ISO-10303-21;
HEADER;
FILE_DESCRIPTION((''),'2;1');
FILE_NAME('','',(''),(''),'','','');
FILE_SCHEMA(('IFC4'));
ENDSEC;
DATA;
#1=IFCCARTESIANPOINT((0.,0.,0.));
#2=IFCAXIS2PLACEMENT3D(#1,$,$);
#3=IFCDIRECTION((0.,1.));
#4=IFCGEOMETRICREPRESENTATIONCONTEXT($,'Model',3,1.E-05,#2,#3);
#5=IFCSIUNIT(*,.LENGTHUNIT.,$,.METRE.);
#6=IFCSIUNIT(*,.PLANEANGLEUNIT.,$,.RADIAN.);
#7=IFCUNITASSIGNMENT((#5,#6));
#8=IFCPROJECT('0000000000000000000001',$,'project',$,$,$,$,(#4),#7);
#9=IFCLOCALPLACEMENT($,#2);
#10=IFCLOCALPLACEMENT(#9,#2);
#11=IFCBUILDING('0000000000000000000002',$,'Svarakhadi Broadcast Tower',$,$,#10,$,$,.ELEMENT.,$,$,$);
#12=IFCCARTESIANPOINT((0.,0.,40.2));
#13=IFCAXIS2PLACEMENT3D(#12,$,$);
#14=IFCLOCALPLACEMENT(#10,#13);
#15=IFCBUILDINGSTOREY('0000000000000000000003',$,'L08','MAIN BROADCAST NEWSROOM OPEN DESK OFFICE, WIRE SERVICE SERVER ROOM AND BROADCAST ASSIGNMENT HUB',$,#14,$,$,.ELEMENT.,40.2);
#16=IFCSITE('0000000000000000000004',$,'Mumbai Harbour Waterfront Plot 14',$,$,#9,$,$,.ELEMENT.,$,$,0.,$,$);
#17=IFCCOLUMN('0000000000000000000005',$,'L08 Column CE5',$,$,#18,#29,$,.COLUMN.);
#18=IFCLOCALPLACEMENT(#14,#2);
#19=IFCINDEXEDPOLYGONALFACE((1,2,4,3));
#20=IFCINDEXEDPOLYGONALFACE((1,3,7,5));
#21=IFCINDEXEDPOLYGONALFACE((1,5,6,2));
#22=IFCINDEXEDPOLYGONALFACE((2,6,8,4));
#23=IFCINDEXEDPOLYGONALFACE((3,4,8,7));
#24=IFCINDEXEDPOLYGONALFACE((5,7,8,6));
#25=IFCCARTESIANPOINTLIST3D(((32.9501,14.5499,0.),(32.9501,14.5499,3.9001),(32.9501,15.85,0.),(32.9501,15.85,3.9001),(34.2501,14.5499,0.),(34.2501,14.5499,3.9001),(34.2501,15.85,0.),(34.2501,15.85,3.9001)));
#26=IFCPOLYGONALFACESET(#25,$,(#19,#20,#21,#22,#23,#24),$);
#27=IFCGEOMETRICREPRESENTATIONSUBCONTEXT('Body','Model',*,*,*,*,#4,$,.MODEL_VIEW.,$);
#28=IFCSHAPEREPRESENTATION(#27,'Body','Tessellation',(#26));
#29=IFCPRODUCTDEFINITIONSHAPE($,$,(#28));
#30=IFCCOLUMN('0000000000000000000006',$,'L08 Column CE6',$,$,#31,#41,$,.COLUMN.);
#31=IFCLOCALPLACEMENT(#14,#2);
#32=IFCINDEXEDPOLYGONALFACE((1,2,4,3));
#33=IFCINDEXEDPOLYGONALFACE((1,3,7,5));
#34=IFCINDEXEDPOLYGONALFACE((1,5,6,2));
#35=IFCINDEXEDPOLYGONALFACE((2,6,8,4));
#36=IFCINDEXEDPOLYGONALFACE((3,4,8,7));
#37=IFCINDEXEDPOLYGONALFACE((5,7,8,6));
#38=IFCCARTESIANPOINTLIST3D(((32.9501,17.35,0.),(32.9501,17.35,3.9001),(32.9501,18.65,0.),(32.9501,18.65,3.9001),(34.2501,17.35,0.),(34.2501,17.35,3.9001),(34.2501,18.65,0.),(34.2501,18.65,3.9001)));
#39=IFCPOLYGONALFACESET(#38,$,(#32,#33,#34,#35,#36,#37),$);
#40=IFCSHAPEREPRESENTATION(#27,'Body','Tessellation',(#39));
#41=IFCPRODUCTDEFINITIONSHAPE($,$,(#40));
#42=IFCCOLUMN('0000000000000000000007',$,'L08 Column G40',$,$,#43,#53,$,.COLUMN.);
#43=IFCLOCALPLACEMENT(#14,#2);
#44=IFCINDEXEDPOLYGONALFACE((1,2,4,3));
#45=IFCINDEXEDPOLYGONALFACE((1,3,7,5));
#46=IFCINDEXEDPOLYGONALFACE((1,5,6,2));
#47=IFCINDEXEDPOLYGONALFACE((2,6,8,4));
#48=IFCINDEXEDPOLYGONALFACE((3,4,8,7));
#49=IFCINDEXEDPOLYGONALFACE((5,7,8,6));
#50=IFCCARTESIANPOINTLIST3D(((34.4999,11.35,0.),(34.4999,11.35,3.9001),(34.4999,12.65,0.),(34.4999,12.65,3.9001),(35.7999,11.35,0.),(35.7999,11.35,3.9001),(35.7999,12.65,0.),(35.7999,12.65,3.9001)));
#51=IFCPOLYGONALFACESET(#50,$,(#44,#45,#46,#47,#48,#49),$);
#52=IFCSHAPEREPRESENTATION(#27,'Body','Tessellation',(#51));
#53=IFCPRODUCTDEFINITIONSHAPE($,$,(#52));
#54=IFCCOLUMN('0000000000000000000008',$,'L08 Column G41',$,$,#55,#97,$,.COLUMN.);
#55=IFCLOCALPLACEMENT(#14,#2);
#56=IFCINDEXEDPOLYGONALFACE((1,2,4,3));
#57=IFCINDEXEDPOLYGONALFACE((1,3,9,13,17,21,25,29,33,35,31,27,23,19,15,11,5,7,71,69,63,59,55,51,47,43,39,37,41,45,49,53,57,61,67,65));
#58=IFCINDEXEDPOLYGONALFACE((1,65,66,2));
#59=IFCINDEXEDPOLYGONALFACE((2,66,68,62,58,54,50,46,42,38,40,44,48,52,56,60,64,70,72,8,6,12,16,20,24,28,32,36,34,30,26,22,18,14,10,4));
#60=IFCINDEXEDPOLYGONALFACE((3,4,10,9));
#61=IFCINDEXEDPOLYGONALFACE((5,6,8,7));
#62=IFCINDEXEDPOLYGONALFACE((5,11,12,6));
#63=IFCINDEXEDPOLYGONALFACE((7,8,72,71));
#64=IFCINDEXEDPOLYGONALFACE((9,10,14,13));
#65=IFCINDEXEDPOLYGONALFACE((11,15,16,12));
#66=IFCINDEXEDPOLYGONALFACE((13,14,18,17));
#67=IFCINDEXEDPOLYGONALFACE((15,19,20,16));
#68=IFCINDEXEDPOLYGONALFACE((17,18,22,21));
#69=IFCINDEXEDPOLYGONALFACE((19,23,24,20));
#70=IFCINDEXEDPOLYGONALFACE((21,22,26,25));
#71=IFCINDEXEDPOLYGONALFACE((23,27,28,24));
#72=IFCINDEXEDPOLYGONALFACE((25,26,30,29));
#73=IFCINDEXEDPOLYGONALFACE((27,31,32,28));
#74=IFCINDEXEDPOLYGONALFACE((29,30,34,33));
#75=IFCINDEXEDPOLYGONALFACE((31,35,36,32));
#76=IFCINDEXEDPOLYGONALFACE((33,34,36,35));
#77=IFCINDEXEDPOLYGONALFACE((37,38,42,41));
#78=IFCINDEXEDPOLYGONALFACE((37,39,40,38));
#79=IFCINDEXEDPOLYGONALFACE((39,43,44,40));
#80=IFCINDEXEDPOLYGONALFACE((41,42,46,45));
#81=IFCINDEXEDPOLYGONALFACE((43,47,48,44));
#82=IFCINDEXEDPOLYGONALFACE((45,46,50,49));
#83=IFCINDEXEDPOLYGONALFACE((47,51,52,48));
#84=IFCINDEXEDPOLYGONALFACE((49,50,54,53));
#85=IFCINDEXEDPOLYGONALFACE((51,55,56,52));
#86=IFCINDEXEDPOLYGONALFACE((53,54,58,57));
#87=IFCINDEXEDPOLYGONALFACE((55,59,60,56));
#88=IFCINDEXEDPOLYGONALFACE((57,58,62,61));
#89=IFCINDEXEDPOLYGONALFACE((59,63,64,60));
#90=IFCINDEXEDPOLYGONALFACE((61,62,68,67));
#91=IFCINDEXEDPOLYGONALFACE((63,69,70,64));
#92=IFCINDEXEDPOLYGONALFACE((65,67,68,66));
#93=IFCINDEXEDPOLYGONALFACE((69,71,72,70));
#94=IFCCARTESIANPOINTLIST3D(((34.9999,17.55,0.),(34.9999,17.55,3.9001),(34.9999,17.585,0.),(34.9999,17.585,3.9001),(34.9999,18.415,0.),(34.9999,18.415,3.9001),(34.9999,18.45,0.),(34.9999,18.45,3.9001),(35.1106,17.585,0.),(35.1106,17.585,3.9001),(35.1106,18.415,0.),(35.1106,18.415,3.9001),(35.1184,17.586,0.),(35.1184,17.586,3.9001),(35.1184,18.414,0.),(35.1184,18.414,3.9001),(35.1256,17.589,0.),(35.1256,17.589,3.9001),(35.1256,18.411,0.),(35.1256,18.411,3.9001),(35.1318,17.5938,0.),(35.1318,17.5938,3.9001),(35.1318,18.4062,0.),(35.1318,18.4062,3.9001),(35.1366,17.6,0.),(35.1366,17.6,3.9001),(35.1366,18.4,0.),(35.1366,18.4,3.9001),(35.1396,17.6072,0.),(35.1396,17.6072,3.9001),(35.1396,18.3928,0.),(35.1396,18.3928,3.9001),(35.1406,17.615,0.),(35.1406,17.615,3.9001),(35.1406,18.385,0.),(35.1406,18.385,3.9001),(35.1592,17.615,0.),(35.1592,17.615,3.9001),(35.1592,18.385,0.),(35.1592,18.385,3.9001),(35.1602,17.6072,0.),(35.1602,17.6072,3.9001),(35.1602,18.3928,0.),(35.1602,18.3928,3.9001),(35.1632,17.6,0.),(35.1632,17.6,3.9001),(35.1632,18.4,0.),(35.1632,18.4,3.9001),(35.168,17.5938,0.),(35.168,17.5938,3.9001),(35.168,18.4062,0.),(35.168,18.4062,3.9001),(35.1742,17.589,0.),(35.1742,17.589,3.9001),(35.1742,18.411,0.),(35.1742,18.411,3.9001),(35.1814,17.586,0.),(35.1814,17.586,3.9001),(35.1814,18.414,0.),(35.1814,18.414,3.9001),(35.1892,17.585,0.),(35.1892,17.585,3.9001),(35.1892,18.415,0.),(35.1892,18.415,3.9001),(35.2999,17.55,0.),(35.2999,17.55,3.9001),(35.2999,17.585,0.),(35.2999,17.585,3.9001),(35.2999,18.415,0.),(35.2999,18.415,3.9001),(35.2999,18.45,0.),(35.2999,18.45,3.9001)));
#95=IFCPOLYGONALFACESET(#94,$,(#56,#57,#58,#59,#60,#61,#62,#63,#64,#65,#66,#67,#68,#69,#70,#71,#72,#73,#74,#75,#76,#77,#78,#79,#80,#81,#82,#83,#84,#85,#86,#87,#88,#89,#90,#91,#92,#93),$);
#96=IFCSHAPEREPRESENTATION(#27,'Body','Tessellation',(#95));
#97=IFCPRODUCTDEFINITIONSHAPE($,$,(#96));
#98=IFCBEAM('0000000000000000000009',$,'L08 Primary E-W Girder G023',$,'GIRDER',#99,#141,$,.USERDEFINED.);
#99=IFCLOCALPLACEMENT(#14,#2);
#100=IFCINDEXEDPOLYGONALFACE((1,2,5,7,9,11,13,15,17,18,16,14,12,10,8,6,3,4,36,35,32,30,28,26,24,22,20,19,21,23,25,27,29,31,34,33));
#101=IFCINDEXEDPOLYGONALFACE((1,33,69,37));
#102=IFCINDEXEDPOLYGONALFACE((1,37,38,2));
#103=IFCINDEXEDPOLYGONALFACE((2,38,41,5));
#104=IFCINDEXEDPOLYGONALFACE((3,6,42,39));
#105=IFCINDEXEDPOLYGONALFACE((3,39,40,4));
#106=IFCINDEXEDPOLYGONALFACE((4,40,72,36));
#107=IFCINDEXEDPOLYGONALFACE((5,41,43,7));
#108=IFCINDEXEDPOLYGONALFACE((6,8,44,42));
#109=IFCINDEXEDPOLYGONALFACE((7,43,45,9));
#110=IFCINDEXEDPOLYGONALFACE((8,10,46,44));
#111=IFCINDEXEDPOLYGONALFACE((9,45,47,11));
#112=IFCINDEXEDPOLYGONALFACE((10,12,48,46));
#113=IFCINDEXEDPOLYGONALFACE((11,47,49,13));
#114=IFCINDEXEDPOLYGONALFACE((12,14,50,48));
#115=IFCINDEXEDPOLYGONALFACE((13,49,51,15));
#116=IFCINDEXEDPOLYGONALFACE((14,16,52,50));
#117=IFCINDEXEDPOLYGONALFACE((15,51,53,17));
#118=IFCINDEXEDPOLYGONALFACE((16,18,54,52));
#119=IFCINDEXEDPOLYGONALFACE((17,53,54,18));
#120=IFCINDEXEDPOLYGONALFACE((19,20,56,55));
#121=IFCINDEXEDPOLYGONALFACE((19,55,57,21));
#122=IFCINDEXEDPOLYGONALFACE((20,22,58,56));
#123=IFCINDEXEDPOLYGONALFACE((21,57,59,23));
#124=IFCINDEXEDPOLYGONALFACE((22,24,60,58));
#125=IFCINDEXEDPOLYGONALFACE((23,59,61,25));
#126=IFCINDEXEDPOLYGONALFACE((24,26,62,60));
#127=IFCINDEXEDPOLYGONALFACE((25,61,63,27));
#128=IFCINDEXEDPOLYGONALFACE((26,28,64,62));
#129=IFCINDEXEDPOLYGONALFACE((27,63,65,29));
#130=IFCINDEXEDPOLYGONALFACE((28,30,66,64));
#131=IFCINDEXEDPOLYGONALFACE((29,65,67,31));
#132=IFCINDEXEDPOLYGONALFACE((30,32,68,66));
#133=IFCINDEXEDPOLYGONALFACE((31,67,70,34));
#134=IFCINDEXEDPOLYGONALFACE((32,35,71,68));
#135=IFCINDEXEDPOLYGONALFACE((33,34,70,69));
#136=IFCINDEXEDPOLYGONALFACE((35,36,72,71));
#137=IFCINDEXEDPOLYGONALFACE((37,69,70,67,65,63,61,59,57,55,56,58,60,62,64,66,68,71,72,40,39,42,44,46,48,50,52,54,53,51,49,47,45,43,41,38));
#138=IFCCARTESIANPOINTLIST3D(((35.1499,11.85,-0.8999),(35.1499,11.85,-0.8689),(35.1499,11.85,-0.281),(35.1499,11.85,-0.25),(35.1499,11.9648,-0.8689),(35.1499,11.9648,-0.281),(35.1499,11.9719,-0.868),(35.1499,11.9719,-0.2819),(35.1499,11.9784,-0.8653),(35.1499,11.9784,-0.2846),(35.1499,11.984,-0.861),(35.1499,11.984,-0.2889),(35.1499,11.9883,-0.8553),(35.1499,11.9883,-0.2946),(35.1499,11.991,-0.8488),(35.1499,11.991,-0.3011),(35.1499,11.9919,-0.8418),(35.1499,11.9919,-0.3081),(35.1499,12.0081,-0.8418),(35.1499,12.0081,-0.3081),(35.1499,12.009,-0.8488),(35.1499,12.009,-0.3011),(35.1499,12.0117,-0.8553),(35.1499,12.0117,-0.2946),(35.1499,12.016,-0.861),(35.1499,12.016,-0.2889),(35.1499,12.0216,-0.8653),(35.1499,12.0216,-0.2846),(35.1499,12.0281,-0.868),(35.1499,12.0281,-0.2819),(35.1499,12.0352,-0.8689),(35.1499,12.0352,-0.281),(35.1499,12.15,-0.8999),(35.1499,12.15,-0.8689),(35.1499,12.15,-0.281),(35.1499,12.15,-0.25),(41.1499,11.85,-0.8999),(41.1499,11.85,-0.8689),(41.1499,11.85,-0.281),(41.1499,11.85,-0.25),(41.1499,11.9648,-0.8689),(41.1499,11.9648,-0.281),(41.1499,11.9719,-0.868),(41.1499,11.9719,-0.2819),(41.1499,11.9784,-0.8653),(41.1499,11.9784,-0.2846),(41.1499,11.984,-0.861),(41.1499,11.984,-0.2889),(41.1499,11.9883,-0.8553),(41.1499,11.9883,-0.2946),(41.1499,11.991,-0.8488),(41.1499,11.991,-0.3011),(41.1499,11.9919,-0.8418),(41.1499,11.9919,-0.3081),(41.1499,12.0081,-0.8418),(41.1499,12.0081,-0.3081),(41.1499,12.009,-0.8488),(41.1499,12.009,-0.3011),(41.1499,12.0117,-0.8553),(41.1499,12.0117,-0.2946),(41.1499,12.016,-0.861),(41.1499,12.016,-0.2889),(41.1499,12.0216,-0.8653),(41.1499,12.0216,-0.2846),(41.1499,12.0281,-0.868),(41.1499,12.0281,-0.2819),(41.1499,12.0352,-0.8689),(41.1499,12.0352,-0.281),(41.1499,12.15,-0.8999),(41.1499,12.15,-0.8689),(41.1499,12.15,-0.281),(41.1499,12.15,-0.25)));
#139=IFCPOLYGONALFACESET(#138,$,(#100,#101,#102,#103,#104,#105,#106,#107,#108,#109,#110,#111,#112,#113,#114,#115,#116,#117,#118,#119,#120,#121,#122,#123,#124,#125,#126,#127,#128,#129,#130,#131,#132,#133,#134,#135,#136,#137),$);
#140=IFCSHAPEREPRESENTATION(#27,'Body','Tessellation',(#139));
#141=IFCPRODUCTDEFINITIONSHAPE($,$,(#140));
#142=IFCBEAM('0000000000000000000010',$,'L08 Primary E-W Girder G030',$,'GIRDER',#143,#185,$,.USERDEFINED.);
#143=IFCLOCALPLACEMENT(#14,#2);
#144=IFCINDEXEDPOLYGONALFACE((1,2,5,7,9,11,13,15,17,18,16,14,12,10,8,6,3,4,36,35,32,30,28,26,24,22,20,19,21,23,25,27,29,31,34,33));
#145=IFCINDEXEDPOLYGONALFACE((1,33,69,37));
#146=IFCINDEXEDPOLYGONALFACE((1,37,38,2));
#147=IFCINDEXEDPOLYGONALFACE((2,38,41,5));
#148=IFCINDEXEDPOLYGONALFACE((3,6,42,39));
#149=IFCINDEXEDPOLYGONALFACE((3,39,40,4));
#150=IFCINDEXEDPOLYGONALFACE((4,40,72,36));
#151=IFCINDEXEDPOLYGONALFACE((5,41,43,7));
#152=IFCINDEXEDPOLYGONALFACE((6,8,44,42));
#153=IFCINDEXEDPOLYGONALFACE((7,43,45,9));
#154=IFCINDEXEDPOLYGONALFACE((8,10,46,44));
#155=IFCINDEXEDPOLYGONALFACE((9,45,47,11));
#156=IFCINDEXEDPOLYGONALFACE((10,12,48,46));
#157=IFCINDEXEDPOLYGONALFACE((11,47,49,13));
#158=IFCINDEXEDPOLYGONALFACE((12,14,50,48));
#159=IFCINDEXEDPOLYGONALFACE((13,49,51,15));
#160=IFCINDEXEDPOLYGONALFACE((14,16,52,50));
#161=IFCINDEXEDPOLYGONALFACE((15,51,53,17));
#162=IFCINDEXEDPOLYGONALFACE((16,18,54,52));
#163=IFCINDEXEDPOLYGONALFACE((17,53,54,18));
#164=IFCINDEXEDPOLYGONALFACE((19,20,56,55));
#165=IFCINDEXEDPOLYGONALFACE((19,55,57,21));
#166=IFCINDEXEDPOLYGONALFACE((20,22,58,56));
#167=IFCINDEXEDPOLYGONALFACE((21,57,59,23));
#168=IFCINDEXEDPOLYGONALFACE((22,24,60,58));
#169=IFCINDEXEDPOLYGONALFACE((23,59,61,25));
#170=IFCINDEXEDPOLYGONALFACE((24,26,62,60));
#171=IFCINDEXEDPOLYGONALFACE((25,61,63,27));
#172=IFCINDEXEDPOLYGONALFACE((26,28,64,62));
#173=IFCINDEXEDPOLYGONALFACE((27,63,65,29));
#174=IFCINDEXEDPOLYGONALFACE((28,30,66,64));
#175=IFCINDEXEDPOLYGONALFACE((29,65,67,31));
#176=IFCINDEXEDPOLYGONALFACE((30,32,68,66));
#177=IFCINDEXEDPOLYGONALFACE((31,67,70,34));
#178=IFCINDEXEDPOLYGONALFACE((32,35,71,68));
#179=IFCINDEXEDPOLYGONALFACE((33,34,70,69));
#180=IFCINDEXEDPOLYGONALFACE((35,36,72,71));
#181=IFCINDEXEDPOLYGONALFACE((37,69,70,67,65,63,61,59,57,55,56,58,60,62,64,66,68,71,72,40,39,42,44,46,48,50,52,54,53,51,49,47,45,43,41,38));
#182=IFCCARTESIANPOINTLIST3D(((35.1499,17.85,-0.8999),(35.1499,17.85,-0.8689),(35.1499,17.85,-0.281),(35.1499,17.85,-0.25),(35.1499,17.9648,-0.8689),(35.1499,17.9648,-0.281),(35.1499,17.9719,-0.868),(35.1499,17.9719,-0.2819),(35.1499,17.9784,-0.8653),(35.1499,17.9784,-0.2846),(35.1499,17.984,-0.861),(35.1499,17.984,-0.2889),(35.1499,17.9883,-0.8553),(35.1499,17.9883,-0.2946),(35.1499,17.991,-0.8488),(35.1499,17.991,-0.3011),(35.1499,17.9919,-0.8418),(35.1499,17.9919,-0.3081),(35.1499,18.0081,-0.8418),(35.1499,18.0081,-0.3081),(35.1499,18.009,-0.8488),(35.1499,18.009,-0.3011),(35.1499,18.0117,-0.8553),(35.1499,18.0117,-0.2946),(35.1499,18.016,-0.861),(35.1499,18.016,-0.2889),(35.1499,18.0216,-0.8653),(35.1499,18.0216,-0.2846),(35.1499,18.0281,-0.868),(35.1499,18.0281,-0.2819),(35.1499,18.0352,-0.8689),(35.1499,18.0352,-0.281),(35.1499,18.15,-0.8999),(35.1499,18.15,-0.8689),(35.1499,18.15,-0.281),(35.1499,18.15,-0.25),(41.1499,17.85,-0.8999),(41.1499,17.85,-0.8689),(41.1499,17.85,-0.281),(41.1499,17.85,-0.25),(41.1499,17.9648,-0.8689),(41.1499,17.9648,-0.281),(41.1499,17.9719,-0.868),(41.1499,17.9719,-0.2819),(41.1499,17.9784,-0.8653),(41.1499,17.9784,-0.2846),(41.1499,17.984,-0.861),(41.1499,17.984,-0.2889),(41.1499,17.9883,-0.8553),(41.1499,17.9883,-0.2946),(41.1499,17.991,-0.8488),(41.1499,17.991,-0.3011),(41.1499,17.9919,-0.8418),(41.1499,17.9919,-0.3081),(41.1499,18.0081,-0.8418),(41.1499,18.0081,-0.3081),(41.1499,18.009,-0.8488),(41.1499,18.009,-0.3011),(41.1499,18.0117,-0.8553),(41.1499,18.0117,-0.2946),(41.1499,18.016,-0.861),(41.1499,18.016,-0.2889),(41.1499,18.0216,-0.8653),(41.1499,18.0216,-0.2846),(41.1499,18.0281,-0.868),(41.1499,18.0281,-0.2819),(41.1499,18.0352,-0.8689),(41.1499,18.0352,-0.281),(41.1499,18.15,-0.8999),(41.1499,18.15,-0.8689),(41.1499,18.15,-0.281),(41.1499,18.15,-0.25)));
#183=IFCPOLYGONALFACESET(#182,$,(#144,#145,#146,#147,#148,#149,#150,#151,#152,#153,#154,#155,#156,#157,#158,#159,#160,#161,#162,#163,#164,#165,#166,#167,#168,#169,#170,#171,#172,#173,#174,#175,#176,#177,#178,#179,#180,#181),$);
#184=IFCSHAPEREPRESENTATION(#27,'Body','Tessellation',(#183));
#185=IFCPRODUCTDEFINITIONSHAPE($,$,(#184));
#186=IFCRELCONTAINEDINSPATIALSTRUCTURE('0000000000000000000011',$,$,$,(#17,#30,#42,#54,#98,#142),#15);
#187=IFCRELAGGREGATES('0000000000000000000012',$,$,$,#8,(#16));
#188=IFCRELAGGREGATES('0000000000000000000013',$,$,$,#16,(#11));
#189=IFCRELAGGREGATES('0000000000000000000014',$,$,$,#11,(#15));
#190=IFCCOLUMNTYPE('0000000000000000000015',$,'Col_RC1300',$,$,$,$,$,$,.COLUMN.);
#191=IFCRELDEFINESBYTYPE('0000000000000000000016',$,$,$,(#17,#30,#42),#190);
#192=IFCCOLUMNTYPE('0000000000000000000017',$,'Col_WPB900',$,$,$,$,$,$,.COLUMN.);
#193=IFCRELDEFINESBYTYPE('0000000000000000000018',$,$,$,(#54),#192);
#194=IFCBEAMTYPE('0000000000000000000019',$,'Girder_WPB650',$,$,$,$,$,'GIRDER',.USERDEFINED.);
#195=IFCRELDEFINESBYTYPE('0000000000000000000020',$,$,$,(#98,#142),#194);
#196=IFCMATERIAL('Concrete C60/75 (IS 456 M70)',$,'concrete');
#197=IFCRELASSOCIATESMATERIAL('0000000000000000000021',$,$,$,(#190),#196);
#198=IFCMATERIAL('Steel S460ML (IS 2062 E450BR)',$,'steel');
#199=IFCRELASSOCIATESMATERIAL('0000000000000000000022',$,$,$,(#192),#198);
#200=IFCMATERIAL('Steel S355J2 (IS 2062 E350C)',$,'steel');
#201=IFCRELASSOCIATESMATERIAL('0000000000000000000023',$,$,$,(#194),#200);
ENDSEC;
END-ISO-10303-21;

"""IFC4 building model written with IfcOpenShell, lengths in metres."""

from ifc_helpers import new_model, si_unit, direction, frame, origin, origin_2d, place, context, subcontext, project, spatial, rectangle, i_section, extrude, material, material_profile, profile_set, type_object, element, save


model = new_model("IFC4")

# Units and contexts
model_context = context("Model", 3, precision=1e-05, world=origin(), true_north=direction((0.0, 1.0)))
body_context = subcontext(model_context, "Body", "Model", "MODEL_VIEW")
ifc_project = project(units=[si_unit("LENGTHUNIT", "METRE"), si_unit("PLANEANGLEUNIT", "RADIAN")], contexts=[model_context])

# Site, building, storey
site_placement = place(None, origin())
site = spatial("IfcSite", under=ifc_project, at=site_placement, Name="Mumbai Harbour Waterfront Plot 14", CompositionType="ELEMENT", RefElevation=0.0)
building_placement = place(site_placement, origin())
building = spatial("IfcBuilding", under=site, at=building_placement, Name="Svarakhadi Broadcast Tower", CompositionType="ELEMENT")
storey_placement = place(building_placement, frame((0.0, 0.0, 40.2)))
storey = spatial("IfcBuildingStorey", under=building, at=storey_placement, Name="L08", Description="MAIN BROADCAST NEWSROOM OPEN DESK OFFICE, WIRE SERVICE SERVER ROOM AND BROADCAST ASSIGNMENT HUB", CompositionType="ELEMENT", Elevation=40.2)

# Columns
ifc_material_1 = material(Name="Concrete C60/75 (IS 456 M70)", Category="concrete")
ifc_material_profile_1 = material_profile(ifc_material_1, rectangle(XDim=1.3, YDim=1.3, at=origin_2d()), Name="RC 1300x1300")
ifc_profile_set_1 = profile_set([ifc_material_profile_1], Name="Concrete C60/75 (IS 456 M70)")
column_type_1 = type_object("IfcColumnType", Name="Col_RC1300", PredefinedType="COLUMN", material=ifc_profile_set_1)
for number, where, z_axis, x_axis, name in (
    (1, (33.6001, 15.2, 0.0), (0.0, 0.0, 1.0), (1.0, 0.0, 0.0), "L08 Column CE5"),
    (2, (33.6001, 18.0, 0.0), (0.0, 0.0, 1.0), (1.0, 0.0, 0.0), "L08 Column CE6"),
    (3, (35.1499, 12.0, 0.0), (0.0, 0.0, 1.0), (1.0, 0.0, 0.0), "L08 Column G40"),
):
    element("IfcColumn", number, at=place(storey_placement, frame(where, z_axis=z_axis, x_axis=x_axis)), inside=storey, type_object=column_type_1, Name=name, PredefinedType="COLUMN", context=body_context, shape_type="SweptSolid", body=[
        extrude(rectangle(XDim=1.3, YDim=1.3, at=origin_2d()), origin(), (0.0, 0.0, 1.0), 3.9001),
    ])
ifc_material_2 = material(Name="Steel S460ML (IS 2062 E450BR)", Category="steel")
ifc_material_profile_2 = material_profile(ifc_material_2, i_section(OverallWidth=0.3, OverallDepth=0.8999, WebThickness=0.0186, FlangeThickness=0.0349, FilletRadius=0.03, at=origin_2d()), Name="WPB 900x300x291")
ifc_profile_set_2 = profile_set([ifc_material_profile_2], Name="Steel S460ML (IS 2062 E450BR)")
column_type_2 = type_object("IfcColumnType", Name="Col_WPB900", PredefinedType="COLUMN", material=ifc_profile_set_2)
column_placement = place(storey_placement, frame((35.1499, 18.0, 0.0), z_axis=(0.0, 0.0, 1.0), x_axis=(1.0, 0.0, 0.0)))
element("IfcColumn", 4, at=column_placement, inside=storey, type_object=column_type_2, Name="L08 Column G41", PredefinedType="COLUMN", context=body_context, shape_type="SweptSolid", body=[
    extrude(i_section(OverallWidth=0.3, OverallDepth=0.8999, WebThickness=0.0186, FlangeThickness=0.0349, FilletRadius=0.03, at=origin_2d()), origin(), (0.0, 0.0, 1.0), 3.9001),
])

# Beams
ifc_material_3 = material(Name="Steel S355J2 (IS 2062 E350C)", Category="steel")
ifc_material_profile_3 = material_profile(ifc_material_3, i_section(OverallWidth=0.3, OverallDepth=0.6499, WebThickness=0.0161, FlangeThickness=0.031, FilletRadius=0.0271, at=origin_2d()), Name="WPB 650x300x225")
ifc_profile_set_3 = profile_set([ifc_material_profile_3], Name="Steel S355J2 (IS 2062 E350C)")
beam_type = type_object("IfcBeamType", Name="Girder_WPB650", ElementType="GIRDER", PredefinedType="USERDEFINED", material=ifc_profile_set_3)
for number, where, z_axis, x_axis, name in (
    (5, (35.1499, 12.0, -0.575), (1.0, 0.0, 0.0), (0.0, 1.0, 0.0), "L08 Primary E-W Girder G023"),
    (6, (35.1499, 18.0, -0.575), (1.0, 0.0, 0.0), (0.0, 1.0, 0.0), "L08 Primary E-W Girder G030"),
):
    element("IfcBeam", number, at=place(storey_placement, frame(where, z_axis=z_axis, x_axis=x_axis)), inside=storey, type_object=beam_type, Name=name, ObjectType="GIRDER", PredefinedType="USERDEFINED", context=body_context, shape_type="SweptSolid", body=[
        extrude(i_section(OverallWidth=0.3, OverallDepth=0.6499, WebThickness=0.0161, FlangeThickness=0.031, FilletRadius=0.0271, at=origin_2d()), origin(), (0.0, 0.0, 1.0), 6.0),
    ])

save(model, "model.ifc")
